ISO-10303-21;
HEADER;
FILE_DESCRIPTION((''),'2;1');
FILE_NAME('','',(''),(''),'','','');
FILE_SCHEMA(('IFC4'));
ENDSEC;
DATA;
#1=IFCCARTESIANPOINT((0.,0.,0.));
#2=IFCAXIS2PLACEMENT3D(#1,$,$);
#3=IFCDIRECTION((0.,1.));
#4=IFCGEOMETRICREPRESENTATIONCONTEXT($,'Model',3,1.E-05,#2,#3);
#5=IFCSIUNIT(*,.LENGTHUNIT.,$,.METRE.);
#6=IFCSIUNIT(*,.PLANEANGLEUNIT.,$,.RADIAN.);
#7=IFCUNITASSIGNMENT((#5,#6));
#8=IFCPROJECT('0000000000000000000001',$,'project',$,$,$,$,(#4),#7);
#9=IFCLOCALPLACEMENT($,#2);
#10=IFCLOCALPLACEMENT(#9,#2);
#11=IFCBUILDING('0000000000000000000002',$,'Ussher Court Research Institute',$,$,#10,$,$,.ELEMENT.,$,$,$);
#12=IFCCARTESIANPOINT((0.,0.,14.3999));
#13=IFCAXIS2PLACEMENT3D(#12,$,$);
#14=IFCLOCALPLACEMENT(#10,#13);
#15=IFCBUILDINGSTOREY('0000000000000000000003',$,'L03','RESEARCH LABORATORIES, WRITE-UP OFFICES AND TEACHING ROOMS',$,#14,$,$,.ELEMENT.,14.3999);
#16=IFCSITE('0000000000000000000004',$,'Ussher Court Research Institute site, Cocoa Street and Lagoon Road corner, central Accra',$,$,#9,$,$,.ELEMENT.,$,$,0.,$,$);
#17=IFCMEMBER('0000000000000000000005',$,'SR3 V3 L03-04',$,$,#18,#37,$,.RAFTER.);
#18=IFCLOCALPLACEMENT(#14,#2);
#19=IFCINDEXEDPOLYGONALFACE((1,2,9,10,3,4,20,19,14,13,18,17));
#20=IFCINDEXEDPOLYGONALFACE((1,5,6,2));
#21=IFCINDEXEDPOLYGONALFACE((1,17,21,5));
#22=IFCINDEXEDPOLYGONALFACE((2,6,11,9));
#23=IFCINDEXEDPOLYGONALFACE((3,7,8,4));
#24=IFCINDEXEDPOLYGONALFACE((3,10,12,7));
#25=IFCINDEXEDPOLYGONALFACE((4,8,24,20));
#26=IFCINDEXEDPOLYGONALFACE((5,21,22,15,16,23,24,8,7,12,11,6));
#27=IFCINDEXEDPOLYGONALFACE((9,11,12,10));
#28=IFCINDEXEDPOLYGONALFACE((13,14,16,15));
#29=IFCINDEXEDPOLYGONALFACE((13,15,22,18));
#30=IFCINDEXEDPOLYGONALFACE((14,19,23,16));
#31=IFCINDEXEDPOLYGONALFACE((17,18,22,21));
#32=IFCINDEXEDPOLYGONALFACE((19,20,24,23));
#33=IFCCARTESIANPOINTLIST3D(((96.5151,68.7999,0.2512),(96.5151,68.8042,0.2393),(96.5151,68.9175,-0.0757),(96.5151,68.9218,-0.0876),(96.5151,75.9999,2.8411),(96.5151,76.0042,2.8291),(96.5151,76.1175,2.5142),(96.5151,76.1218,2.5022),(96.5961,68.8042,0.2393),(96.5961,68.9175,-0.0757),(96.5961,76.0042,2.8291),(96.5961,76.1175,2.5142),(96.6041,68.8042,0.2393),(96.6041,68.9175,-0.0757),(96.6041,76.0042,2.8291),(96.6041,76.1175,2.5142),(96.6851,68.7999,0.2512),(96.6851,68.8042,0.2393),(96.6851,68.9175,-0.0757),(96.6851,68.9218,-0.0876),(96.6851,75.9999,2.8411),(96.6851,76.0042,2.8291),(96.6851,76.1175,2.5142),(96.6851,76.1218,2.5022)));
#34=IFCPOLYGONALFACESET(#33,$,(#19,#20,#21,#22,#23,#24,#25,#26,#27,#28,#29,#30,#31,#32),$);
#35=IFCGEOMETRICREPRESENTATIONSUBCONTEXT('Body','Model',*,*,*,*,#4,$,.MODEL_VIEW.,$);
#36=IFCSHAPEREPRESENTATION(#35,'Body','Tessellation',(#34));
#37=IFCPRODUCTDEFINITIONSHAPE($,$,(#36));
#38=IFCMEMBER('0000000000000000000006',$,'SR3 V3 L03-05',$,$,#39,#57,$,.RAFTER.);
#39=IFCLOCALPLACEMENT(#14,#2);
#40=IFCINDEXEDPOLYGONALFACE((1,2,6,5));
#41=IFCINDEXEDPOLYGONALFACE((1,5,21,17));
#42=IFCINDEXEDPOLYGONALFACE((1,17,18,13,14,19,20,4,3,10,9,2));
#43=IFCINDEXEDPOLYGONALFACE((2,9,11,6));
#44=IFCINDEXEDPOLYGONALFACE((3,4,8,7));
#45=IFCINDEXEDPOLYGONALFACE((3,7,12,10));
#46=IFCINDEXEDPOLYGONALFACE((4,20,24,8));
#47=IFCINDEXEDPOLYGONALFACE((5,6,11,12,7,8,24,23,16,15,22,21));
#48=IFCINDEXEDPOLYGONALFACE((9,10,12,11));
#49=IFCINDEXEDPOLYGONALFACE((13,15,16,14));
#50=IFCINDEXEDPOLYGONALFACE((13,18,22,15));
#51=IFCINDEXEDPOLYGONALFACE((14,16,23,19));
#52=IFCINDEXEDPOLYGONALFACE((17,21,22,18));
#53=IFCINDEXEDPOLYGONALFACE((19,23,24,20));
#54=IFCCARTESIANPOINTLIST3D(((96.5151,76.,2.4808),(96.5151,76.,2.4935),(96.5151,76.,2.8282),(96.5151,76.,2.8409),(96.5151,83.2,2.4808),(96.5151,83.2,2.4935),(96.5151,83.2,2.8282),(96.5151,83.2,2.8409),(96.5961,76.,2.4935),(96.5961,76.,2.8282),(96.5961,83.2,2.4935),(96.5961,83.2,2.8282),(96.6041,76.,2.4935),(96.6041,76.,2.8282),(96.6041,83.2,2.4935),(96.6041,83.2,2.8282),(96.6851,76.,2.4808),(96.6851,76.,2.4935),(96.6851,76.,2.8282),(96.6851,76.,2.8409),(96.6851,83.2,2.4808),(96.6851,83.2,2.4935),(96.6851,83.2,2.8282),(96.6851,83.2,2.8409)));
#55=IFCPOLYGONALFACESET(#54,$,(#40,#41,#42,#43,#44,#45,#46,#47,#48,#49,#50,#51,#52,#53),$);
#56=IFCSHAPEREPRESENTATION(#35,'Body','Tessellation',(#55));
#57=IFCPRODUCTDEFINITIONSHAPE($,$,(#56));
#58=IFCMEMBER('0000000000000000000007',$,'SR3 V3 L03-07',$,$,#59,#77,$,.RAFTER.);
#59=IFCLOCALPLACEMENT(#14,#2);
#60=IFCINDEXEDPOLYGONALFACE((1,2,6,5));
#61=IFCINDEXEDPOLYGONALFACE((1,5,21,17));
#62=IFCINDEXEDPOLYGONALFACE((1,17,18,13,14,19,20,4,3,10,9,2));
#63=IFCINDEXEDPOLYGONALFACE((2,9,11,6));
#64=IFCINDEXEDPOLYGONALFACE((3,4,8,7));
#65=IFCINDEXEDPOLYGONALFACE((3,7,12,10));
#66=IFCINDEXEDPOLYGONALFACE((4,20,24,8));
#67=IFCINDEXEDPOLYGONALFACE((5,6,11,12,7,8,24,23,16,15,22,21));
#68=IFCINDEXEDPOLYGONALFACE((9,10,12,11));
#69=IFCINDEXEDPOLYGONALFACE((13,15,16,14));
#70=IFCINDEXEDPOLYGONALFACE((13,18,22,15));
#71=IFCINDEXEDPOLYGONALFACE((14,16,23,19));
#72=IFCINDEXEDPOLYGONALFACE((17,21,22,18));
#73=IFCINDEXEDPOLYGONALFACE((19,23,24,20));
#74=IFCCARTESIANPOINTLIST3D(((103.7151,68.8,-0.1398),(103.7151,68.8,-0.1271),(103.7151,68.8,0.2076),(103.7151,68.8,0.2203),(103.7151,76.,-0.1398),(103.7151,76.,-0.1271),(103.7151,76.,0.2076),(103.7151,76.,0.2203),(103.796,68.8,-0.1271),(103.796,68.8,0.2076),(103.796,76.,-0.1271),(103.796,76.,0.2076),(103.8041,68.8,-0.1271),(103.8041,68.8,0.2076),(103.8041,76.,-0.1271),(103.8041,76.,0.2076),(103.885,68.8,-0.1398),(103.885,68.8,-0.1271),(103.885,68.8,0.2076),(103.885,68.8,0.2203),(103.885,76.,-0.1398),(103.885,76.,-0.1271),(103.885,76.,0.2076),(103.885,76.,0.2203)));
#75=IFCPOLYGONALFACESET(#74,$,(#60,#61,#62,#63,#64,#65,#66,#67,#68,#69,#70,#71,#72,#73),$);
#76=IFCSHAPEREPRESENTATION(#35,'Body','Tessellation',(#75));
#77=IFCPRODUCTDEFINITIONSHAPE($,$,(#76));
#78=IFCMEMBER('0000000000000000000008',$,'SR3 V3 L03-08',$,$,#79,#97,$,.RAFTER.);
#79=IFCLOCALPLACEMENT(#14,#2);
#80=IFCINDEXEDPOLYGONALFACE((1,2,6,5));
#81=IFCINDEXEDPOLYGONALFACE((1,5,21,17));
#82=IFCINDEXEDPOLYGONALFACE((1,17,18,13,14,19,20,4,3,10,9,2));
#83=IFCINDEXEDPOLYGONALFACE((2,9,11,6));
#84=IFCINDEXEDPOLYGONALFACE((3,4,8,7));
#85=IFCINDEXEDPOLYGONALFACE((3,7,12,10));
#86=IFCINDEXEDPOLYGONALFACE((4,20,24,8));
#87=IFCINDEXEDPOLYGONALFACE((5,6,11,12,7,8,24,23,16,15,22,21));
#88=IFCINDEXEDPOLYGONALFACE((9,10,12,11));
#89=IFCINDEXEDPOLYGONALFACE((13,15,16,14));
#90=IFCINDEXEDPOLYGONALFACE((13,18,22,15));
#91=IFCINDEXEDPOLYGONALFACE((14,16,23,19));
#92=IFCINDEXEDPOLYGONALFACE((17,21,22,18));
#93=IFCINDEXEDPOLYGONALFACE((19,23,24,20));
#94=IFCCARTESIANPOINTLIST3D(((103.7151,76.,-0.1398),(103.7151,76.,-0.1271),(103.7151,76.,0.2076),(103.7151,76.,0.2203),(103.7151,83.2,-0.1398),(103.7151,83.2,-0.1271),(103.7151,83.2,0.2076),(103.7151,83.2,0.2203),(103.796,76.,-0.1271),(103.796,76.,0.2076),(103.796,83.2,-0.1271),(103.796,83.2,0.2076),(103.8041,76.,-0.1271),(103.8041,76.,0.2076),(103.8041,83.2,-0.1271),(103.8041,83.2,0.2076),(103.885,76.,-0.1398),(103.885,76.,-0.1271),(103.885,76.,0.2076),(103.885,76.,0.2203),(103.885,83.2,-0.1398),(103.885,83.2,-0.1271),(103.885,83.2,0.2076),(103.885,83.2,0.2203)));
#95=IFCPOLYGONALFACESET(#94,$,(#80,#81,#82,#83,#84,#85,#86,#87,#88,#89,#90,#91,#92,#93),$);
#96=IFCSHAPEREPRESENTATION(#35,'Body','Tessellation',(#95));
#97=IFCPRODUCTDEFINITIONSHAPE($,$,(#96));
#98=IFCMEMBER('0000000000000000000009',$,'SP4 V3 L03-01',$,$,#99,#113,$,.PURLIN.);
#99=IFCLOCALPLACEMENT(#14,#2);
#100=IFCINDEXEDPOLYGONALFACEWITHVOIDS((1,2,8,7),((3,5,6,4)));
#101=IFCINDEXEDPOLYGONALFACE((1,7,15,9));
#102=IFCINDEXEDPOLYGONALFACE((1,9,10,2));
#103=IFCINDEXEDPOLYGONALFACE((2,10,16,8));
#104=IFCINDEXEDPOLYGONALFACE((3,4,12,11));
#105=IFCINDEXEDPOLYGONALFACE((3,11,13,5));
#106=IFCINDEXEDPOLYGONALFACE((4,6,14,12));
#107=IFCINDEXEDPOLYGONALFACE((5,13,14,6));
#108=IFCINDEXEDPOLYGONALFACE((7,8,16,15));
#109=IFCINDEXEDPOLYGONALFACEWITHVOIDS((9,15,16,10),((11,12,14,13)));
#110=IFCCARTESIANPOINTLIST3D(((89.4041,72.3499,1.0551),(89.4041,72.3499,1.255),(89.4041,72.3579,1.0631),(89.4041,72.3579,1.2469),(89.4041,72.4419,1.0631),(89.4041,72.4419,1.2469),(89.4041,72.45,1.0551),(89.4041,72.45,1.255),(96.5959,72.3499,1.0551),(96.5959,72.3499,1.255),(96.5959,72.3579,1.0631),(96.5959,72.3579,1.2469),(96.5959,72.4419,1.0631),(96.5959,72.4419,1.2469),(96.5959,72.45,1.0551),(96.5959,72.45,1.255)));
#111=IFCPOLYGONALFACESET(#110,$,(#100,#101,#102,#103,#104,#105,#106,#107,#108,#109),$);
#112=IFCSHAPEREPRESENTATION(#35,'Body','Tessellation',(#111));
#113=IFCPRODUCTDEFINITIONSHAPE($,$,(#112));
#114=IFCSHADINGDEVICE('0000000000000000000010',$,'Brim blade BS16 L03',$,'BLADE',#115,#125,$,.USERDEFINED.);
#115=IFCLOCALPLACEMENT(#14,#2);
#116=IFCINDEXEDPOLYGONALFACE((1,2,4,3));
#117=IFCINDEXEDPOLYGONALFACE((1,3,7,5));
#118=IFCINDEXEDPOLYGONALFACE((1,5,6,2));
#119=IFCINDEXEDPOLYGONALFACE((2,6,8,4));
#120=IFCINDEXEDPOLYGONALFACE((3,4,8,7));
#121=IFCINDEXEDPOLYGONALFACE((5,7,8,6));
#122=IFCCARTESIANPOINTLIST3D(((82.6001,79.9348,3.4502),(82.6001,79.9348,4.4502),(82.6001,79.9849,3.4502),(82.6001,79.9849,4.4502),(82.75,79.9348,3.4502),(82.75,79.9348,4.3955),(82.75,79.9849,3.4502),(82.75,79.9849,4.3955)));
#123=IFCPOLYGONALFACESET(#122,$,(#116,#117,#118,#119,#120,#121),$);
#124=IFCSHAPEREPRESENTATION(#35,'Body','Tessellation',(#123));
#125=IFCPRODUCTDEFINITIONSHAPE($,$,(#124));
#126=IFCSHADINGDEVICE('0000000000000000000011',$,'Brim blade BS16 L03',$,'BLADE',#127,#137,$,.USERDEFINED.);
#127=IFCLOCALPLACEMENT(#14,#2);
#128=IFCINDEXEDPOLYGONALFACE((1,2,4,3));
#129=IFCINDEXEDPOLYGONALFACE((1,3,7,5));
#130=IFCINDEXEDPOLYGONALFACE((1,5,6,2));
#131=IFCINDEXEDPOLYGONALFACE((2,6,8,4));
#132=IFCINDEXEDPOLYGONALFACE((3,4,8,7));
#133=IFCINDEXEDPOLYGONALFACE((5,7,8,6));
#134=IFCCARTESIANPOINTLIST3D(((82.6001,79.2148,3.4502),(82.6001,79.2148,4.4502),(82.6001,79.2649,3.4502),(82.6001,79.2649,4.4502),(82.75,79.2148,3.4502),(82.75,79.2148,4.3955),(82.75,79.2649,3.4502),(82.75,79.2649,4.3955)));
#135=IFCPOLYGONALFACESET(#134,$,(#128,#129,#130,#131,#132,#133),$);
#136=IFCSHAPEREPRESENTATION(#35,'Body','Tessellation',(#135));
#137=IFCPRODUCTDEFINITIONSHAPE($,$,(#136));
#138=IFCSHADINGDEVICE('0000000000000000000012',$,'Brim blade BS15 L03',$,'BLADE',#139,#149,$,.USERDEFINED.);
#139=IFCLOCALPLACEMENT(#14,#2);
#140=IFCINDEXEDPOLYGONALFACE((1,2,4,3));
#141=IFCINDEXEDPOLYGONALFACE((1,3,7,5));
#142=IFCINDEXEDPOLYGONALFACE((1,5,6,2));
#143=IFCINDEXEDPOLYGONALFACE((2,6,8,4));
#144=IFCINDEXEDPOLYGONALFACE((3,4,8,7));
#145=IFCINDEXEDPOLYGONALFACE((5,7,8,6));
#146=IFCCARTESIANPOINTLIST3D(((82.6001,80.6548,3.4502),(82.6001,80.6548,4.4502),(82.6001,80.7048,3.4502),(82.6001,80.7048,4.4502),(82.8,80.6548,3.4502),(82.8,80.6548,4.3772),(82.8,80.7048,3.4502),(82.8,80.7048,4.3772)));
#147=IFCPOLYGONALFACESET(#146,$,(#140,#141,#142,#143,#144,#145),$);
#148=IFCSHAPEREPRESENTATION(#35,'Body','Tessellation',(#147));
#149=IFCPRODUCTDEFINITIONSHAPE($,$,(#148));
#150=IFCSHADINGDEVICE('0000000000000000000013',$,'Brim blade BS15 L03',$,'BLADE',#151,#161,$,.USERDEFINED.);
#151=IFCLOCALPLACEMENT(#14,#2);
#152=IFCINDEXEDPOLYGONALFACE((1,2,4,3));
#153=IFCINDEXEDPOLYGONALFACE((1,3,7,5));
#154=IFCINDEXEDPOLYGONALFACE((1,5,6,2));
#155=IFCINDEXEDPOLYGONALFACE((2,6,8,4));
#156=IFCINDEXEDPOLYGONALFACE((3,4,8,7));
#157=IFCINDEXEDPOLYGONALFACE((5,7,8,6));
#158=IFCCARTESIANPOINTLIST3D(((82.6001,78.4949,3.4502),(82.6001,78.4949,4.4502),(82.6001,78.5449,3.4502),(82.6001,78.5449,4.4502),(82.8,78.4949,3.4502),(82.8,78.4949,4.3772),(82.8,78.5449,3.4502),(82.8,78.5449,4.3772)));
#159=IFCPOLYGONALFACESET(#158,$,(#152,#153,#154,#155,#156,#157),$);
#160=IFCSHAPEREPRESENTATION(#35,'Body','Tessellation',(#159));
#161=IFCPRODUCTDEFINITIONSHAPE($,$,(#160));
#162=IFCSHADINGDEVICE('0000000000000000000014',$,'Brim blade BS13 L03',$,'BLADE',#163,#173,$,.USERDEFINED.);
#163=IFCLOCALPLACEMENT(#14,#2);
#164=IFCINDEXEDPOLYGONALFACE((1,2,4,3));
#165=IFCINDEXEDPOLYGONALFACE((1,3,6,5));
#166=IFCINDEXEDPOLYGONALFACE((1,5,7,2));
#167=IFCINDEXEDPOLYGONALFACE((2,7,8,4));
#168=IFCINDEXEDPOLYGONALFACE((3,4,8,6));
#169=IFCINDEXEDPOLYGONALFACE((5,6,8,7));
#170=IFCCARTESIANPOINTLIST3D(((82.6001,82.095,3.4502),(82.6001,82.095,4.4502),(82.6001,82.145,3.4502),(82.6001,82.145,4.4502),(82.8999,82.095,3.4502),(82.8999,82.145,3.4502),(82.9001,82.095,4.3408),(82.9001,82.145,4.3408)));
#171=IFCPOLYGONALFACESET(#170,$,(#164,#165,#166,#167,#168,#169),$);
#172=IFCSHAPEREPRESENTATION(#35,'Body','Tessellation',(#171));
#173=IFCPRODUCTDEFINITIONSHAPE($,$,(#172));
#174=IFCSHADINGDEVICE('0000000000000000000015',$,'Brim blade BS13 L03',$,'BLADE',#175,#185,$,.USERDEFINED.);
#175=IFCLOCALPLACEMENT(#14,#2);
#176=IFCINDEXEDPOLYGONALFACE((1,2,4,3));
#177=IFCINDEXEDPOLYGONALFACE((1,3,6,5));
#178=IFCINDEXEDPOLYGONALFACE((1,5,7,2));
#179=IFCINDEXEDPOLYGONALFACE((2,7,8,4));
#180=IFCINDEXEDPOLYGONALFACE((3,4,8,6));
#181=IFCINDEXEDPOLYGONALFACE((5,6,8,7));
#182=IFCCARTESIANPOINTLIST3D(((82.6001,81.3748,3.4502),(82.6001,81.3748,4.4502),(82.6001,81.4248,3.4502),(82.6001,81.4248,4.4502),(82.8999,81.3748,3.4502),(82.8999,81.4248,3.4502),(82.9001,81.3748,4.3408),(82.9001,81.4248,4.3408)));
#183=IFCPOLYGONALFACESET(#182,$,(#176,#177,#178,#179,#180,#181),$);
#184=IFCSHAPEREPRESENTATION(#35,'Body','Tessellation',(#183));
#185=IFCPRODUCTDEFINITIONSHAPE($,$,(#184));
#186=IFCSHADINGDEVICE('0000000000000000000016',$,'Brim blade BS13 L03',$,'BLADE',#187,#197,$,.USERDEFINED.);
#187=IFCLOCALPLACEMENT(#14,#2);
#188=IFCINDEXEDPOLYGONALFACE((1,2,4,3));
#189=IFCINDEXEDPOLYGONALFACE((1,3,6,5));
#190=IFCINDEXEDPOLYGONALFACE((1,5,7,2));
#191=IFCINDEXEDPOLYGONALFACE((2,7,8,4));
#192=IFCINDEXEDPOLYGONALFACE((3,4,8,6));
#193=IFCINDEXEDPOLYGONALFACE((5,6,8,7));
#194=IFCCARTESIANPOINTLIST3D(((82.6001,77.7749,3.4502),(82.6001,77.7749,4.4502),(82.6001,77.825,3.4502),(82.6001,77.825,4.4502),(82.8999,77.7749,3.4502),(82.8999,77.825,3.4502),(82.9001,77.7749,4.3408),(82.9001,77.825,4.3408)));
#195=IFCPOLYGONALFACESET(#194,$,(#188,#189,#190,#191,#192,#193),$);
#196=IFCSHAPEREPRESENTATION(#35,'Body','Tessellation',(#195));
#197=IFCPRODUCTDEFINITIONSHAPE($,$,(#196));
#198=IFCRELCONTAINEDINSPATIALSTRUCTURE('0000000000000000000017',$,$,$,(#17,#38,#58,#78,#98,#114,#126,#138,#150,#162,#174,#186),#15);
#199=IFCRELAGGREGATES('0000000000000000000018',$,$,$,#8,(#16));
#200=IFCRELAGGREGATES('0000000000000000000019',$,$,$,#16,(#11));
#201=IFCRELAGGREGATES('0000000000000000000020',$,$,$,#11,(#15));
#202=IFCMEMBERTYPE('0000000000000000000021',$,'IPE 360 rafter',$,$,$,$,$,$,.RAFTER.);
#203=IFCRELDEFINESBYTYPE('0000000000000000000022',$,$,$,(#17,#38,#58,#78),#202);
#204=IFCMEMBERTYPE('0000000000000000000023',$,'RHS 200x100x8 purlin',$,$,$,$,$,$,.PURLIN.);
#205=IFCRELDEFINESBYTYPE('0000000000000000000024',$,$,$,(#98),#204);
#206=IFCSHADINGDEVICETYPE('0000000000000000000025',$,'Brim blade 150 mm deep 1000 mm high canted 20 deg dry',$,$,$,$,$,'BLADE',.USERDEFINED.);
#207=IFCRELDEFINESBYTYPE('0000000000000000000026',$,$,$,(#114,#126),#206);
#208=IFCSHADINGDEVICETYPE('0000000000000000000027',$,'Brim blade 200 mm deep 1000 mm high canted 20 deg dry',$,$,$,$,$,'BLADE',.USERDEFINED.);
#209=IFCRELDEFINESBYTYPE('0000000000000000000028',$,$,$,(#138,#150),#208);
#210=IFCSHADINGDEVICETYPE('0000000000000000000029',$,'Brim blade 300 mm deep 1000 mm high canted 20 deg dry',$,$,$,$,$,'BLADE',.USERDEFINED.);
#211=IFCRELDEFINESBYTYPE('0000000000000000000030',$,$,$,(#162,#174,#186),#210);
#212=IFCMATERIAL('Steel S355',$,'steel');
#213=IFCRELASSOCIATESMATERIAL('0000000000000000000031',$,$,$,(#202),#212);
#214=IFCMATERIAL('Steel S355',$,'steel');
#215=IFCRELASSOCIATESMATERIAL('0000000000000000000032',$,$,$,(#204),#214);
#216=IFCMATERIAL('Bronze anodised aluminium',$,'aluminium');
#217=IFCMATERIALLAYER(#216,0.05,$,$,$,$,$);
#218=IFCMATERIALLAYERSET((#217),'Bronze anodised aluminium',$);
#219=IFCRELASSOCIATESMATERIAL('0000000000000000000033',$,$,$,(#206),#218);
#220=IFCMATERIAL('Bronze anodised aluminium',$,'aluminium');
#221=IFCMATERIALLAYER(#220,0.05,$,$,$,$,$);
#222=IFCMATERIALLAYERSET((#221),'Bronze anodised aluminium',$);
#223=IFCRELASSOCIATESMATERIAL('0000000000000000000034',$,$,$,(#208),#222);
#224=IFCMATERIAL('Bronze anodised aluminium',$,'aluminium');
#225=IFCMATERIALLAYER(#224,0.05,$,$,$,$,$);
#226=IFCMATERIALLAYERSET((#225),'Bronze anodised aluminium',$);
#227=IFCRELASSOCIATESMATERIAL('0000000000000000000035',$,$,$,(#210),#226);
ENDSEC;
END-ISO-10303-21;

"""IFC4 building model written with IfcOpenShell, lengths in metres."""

from ifc_helpers import new_model, si_unit, direction, frame, origin, origin_2d, place, context, subcontext, project, spatial, polyline, hollow_rectangle, i_section, outline, extrude, material, layer, layer_set, material_profile, profile_set, type_object, element, save


model = new_model("IFC4")

# Units and contexts
model_context = context("Model", 3, precision=1e-05, world=origin(), true_north=direction((0.0, 1.0)))
body_context = subcontext(model_context, "Body", "Model", "MODEL_VIEW")
ifc_project = project(units=[si_unit("LENGTHUNIT", "METRE"), si_unit("PLANEANGLEUNIT", "RADIAN")], contexts=[model_context])

# Site, building, storey
site_placement = place(None, origin())
site = spatial("IfcSite", under=ifc_project, at=site_placement, Name="Ussher Court Research Institute site, Cocoa Street and Lagoon Road corner, central Accra", CompositionType="ELEMENT", RefElevation=0.0)
building_placement = place(site_placement, origin())
building = spatial("IfcBuilding", under=site, at=building_placement, Name="Ussher Court Research Institute", CompositionType="ELEMENT")
storey_placement = place(building_placement, frame((0.0, 0.0, 14.3999)))
storey = spatial("IfcBuildingStorey", under=building, at=storey_placement, Name="L03", Description="RESEARCH LABORATORIES, WRITE-UP OFFICES AND TEACHING ROOMS", CompositionType="ELEMENT", Elevation=14.3999)

# Members
ifc_material_1 = material(Name="Steel S355", Category="steel")
ifc_material_profile_1 = material_profile(ifc_material_1, i_section(OverallWidth=0.1699, OverallDepth=0.3601, WebThickness=0.0081, FlangeThickness=0.0127, at=origin_2d()), Name="IPE 360")
ifc_profile_set_1 = profile_set([ifc_material_profile_1], Name="Steel S355")
member_type_1 = type_object("IfcMemberType", Name="IPE 360 rafter", PredefinedType="RAFTER", material=ifc_profile_set_1)
member_1_placement = place(storey_placement, frame((96.6001, 68.8608, 0.0818), z_axis=(0.0, 0.940976, 0.338472), x_axis=(-1.0, 0.0, 0.0)))
element("IfcMember", 1, at=member_1_placement, inside=storey, type_object=member_type_1, Name="SR3 V3 L03-04", PredefinedType="RAFTER", context=body_context, shape_type="SweptSolid", body=[
    extrude(i_section(OverallWidth=0.1699, OverallDepth=0.3601, WebThickness=0.0081, FlangeThickness=0.0127, at=origin_2d()), origin(), (0.0, 0.0, 1.0), 7.6516),
])
for number, where, z_axis, x_axis, name in (
    (2, (96.6001, 76.0, 2.6609), (0.0, 1.0, 0.0), (-1.0, 0.0, 0.0), "SR3 V3 L03-05"),
    (3, (103.8, 68.8, 0.0403), (0.0, 1.0, 0.0), (-1.0, 0.0, 0.0), "SR3 V3 L03-07"),
    (4, (103.8, 76.0, 0.0403), (0.0, 1.0, 0.0), (-1.0, 0.0, 0.0), "SR3 V3 L03-08"),
):
    element("IfcMember", number, at=place(storey_placement, frame(where, z_axis=z_axis, x_axis=x_axis)), inside=storey, type_object=member_type_1, Name=name, PredefinedType="RAFTER", context=body_context, shape_type="SweptSolid", body=[
        extrude(i_section(OverallWidth=0.1699, OverallDepth=0.3601, WebThickness=0.0081, FlangeThickness=0.0127, at=origin_2d()), origin(), (0.0, 0.0, 1.0), 7.2),
    ])
ifc_material_2 = material(Name="Steel S355", Category="steel")
ifc_material_profile_2 = material_profile(ifc_material_2, hollow_rectangle(XDim=0.1001, YDim=0.2, WallThickness=0.0081, at=origin_2d()), Name="RHS 200x100x8")
ifc_profile_set_2 = profile_set([ifc_material_profile_2], Name="Steel S355")
member_type_2 = type_object("IfcMemberType", Name="RHS 200x100x8 purlin", PredefinedType="PURLIN", material=ifc_profile_set_2)
member_2_placement = place(storey_placement, frame((89.4041, 72.3999, 1.155), z_axis=(1.0, 0.0, 0.0), x_axis=(0.0, 1.0, 0.0)))
element("IfcMember", 5, at=member_2_placement, inside=storey, type_object=member_type_2, Name="SP4 V3 L03-01", PredefinedType="PURLIN", context=body_context, shape_type="SweptSolid", body=[
    extrude(hollow_rectangle(XDim=0.1001, YDim=0.2, WallThickness=0.0081, at=origin_2d()), origin(), (0.0, 0.0, 1.0), 7.1919),
])

# Shading devices
ifc_material_3 = material(Name="Bronze anodised aluminium", Category="aluminium")
ifc_layer_1 = layer(ifc_material_3, 0.05)
ifc_layer_set_1 = layer_set([ifc_layer_1], Name="Bronze anodised aluminium")
shading_device_type_1 = type_object("IfcShadingDeviceType", Name="Brim blade 150 mm deep 1000 mm high canted 20 deg dry", ElementType="BLADE", PredefinedType="USERDEFINED", material=ifc_layer_set_1)
for number, where, z_axis, x_axis, name in (
    (6, (82.6001, 79.96, 3.4502), (0.0, 0.0, 1.0), (1.0, 0.0, 0.0), "Brim blade BS16 L03"),
    (7, (82.6001, 79.24, 3.4502), (0.0, 0.0, 1.0), (1.0, 0.0, 0.0), "Brim blade BS16 L03"),
):
    element("IfcShadingDevice", number, at=place(storey_placement, frame(where, z_axis=z_axis, x_axis=x_axis)), inside=storey, type_object=shading_device_type_1, Name=name, ObjectType="BLADE", PredefinedType="USERDEFINED", context=body_context, shape_type="SweptSolid", body=[
        extrude(outline(polyline([(0.0, 0.0), (0.1499, 0.0), (0.1499, 0.9453), (0.0, 1.0), (0.0, 0.0)])), frame((0.0, 0.0249, 0.0), z_axis=(0.0, -1.0, 0.0), x_axis=(1.0, 0.0, 0.0)), (0.0, 0.0, 1.0), 0.05),
    ])
ifc_material_4 = material(Name="Bronze anodised aluminium", Category="aluminium")
ifc_layer_2 = layer(ifc_material_4, 0.05)
ifc_layer_set_2 = layer_set([ifc_layer_2], Name="Bronze anodised aluminium")
shading_device_type_2 = type_object("IfcShadingDeviceType", Name="Brim blade 200 mm deep 1000 mm high canted 20 deg dry", ElementType="BLADE", PredefinedType="USERDEFINED", material=ifc_layer_set_2)
for number, where, z_axis, x_axis, name in (
    (8, (82.6001, 80.6799, 3.4502), (0.0, 0.0, 1.0), (1.0, 0.0, 0.0), "Brim blade BS15 L03"),
    (9, (82.6001, 78.52, 3.4502), (0.0, 0.0, 1.0), (1.0, 0.0, 0.0), "Brim blade BS15 L03"),
):
    element("IfcShadingDevice", number, at=place(storey_placement, frame(where, z_axis=z_axis, x_axis=x_axis)), inside=storey, type_object=shading_device_type_2, Name=name, ObjectType="BLADE", PredefinedType="USERDEFINED", context=body_context, shape_type="SweptSolid", body=[
        extrude(outline(polyline([(0.0, 0.0), (0.2, 0.0), (0.2, 0.927), (0.0, 1.0), (0.0, 0.0)])), frame((0.0, 0.0249, 0.0), z_axis=(0.0, -1.0, 0.0), x_axis=(1.0, 0.0, 0.0)), (0.0, 0.0, 1.0), 0.05),
    ])
ifc_material_5 = material(Name="Bronze anodised aluminium", Category="aluminium")
ifc_layer_3 = layer(ifc_material_5, 0.05)
ifc_layer_set_3 = layer_set([ifc_layer_3], Name="Bronze anodised aluminium")
shading_device_type_3 = type_object("IfcShadingDeviceType", Name="Brim blade 300 mm deep 1000 mm high canted 20 deg dry", ElementType="BLADE", PredefinedType="USERDEFINED", material=ifc_layer_set_3)
for number, where, z_axis, x_axis, name in (
    (10, (82.6001, 82.1201, 3.4502), (0.0, 0.0, 1.0), (1.0, 0.0, 0.0), "Brim blade BS13 L03"),
    (11, (82.6001, 81.3999, 3.4502), (0.0, 0.0, 1.0), (1.0, 0.0, 0.0), "Brim blade BS13 L03"),
    (12, (82.6001, 77.8, 3.4502), (0.0, 0.0, 1.0), (1.0, 0.0, 0.0), "Brim blade BS13 L03"),
):
    element("IfcShadingDevice", number, at=place(storey_placement, frame(where, z_axis=z_axis, x_axis=x_axis)), inside=storey, type_object=shading_device_type_3, Name=name, ObjectType="BLADE", PredefinedType="USERDEFINED", context=body_context, shape_type="SweptSolid", body=[
        extrude(outline(polyline([(0.0, 0.0), (0.2998, 0.0), (0.3, 0.8906), (0.0, 1.0), (0.0, 0.0)])), frame((0.0, 0.0249, 0.0), z_axis=(0.0, -1.0, 0.0), x_axis=(1.0, 0.0, 0.0)), (0.0, 0.0, 1.0), 0.05),
    ])

save(model, "model.ifc")
